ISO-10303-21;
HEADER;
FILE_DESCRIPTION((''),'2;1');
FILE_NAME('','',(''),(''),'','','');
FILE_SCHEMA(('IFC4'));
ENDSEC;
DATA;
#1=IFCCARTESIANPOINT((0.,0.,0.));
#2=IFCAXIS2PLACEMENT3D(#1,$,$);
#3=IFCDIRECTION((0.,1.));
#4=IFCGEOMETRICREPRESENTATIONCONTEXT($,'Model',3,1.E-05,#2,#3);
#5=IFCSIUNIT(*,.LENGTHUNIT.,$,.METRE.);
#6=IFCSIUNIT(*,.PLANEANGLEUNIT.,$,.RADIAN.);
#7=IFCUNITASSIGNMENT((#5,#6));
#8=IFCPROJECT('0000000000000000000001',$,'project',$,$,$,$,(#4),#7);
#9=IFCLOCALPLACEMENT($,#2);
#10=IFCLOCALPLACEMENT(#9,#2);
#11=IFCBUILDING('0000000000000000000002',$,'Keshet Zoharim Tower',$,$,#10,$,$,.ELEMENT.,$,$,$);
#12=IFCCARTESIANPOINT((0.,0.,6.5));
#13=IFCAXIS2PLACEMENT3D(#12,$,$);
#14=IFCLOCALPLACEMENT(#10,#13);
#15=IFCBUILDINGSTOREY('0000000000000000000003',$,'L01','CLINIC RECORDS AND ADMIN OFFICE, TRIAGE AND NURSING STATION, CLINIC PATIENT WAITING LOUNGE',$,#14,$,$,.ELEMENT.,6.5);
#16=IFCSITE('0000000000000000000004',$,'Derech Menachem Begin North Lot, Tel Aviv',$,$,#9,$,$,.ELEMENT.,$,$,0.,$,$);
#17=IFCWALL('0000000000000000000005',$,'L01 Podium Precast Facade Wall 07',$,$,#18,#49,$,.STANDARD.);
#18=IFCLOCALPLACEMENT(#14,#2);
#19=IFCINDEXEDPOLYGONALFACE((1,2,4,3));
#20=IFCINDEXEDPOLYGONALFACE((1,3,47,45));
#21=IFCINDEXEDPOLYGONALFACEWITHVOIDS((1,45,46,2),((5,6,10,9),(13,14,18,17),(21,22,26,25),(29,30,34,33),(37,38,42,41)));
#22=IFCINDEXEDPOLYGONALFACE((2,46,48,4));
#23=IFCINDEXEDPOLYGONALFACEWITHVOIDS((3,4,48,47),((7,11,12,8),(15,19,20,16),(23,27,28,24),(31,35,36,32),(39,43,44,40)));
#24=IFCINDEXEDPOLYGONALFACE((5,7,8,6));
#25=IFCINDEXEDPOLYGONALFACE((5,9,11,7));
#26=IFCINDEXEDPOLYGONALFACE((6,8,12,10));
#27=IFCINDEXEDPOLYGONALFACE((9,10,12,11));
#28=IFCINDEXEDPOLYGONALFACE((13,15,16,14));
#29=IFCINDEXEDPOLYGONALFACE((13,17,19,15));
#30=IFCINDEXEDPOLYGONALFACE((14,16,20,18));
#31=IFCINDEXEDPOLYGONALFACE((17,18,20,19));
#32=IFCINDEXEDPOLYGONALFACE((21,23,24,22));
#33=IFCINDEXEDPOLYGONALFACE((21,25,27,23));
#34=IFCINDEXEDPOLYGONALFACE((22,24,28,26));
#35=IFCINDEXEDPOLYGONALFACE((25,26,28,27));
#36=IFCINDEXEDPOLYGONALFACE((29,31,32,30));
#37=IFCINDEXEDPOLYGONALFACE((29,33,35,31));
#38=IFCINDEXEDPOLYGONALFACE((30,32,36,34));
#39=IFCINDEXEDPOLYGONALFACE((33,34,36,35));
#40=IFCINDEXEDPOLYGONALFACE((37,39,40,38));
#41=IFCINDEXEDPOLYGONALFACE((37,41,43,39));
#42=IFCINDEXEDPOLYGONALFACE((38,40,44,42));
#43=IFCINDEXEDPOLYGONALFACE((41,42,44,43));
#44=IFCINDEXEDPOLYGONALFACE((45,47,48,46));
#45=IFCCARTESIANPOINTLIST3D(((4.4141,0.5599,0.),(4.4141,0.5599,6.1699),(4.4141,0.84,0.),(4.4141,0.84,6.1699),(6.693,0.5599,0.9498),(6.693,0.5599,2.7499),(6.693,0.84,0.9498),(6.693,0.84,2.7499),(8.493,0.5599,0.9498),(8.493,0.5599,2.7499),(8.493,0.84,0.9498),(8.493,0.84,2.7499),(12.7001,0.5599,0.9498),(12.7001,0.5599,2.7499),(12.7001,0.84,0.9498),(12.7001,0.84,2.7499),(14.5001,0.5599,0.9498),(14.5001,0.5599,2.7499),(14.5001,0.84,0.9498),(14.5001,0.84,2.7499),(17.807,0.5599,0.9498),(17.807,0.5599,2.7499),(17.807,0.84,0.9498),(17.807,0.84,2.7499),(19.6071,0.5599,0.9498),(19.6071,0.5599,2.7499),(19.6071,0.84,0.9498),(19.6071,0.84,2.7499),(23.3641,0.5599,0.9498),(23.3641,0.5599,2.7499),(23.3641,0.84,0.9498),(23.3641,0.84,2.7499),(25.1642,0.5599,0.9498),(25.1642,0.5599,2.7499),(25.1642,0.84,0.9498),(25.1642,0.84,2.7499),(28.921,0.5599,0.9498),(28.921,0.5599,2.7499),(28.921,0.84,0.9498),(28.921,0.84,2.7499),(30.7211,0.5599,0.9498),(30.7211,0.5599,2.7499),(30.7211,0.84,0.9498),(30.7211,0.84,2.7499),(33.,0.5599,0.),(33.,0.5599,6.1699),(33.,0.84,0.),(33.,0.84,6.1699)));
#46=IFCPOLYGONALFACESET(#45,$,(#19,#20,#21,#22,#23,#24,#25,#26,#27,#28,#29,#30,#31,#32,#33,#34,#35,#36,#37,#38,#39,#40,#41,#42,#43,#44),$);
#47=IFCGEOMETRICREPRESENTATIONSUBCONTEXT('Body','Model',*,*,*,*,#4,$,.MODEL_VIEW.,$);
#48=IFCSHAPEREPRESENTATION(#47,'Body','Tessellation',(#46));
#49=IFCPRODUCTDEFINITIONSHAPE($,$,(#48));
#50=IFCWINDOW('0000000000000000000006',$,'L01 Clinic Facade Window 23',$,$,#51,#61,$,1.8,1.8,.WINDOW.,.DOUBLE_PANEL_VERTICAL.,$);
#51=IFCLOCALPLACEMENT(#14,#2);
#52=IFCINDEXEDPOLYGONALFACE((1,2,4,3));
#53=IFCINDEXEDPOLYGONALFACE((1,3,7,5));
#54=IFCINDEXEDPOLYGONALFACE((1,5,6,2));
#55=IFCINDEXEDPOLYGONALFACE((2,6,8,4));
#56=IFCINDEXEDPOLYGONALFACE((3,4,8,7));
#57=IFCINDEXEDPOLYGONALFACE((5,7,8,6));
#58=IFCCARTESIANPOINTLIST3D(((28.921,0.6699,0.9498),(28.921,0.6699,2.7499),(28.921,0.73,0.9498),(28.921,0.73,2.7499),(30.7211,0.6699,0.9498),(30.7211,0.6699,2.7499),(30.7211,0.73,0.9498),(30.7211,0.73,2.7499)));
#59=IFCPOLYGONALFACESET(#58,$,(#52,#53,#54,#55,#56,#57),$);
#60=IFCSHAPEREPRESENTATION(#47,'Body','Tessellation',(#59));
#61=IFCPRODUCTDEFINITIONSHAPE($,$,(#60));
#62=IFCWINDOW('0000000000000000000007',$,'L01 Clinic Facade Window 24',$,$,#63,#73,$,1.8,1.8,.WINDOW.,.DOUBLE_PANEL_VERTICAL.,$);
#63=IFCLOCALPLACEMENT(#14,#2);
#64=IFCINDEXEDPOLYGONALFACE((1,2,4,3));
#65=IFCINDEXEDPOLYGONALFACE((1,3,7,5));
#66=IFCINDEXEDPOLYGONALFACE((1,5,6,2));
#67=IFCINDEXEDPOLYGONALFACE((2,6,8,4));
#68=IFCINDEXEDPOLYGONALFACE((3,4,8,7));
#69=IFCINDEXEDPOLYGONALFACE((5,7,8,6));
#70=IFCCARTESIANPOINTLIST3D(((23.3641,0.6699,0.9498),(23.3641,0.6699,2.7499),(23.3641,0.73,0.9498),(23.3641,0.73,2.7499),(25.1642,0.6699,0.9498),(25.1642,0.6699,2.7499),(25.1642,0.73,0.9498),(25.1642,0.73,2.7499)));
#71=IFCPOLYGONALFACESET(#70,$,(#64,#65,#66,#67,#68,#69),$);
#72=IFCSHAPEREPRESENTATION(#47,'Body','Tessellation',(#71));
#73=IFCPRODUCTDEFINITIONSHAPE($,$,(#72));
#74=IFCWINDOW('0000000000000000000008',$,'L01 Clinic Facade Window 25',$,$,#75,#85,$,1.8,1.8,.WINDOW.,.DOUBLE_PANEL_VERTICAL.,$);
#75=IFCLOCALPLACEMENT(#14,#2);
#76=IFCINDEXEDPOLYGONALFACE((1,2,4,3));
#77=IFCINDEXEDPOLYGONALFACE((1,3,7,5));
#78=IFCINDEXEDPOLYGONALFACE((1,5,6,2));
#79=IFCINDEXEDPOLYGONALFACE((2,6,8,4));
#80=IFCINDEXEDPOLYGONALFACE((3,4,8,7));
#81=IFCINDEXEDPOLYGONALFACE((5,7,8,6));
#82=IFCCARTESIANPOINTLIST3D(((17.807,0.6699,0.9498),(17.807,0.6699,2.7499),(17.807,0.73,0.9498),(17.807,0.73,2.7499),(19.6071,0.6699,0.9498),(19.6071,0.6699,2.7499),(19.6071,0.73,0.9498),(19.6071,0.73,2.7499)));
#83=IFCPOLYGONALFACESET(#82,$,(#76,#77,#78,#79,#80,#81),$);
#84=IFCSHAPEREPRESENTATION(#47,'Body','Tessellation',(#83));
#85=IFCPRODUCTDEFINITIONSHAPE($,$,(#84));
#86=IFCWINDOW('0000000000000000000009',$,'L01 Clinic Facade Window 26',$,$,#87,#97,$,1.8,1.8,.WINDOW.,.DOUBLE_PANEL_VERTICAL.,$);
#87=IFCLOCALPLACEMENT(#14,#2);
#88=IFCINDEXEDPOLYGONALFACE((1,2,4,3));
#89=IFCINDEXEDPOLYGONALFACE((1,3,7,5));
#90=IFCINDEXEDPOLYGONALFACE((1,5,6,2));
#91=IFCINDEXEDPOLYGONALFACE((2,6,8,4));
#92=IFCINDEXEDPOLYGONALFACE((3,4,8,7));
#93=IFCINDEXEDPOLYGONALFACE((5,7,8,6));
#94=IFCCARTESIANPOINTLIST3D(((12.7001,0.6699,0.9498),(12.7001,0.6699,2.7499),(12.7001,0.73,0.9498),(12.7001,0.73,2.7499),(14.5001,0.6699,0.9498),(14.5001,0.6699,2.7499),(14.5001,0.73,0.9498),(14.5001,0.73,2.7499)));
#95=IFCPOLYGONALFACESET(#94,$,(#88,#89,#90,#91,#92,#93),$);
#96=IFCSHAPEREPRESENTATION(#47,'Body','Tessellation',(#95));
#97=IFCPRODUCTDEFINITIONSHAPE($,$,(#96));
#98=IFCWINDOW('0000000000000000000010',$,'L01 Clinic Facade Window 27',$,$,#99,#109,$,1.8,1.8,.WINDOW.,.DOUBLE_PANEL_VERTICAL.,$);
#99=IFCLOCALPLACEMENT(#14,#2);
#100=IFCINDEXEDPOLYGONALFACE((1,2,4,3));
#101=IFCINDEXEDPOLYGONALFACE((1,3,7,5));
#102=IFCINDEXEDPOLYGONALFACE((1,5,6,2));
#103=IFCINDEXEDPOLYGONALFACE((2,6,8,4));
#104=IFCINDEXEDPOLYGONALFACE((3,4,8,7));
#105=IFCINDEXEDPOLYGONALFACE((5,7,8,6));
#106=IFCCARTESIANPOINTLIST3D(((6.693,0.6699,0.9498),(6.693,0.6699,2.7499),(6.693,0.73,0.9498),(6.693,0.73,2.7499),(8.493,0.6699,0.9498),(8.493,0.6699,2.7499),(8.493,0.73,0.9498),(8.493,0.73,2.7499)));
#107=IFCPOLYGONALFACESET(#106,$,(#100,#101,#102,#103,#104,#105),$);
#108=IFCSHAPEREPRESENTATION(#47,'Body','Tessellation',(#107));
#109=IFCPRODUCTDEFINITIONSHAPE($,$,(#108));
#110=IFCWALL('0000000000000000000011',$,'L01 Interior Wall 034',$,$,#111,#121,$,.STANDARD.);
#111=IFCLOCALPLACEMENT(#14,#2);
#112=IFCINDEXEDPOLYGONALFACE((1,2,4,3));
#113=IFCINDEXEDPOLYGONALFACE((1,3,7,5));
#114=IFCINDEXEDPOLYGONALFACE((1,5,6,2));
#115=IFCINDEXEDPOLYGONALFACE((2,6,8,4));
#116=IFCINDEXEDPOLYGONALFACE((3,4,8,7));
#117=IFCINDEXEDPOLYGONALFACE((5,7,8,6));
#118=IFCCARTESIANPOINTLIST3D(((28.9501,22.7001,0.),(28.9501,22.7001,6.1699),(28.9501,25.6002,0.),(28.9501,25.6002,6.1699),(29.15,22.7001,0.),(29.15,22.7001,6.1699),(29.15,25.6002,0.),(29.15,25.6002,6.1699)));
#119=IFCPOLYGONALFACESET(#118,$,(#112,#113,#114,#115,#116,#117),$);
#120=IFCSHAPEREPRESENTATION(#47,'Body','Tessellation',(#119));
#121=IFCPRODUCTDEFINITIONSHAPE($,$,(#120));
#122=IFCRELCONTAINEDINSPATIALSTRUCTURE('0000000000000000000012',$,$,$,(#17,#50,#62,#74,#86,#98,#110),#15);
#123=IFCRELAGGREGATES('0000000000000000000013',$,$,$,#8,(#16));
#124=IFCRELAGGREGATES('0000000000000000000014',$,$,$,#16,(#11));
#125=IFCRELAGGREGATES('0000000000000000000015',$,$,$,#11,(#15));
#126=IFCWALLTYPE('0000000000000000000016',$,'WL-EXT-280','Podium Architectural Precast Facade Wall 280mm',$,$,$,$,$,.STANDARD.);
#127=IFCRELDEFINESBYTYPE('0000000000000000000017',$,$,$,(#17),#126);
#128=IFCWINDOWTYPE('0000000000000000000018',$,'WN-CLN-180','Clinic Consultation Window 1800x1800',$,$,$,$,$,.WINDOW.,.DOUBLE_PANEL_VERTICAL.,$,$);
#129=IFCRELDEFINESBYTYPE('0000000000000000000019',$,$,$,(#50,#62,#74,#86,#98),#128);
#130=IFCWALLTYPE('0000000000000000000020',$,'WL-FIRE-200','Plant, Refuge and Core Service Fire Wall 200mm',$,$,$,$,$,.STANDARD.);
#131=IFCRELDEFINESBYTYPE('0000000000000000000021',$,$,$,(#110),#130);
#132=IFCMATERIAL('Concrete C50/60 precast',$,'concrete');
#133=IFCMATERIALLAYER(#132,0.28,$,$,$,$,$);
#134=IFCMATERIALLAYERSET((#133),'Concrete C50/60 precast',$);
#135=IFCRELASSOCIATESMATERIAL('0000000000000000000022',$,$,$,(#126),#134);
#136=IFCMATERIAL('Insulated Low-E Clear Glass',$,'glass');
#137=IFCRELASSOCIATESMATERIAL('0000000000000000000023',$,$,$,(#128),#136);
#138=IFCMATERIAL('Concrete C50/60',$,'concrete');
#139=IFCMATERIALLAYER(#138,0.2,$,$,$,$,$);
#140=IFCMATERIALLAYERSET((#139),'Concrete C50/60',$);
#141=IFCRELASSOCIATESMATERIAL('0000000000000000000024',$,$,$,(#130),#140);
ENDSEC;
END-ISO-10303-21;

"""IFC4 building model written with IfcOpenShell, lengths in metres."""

from ifc_helpers import new_model, si_unit, direction, frame, frame_2d, origin, place, context, subcontext, project, spatial, rectangle, extrude, material, layer, layer_set, type_object, element, fill, save


model = new_model("IFC4")

# Units and contexts
model_context = context("Model", 3, precision=1e-05, world=origin(), true_north=direction((0.0, 1.0)))
body_context = subcontext(model_context, "Body", "Model", "MODEL_VIEW")
ifc_project = project(units=[si_unit("LENGTHUNIT", "METRE"), si_unit("PLANEANGLEUNIT", "RADIAN")], contexts=[model_context])

# Site, building, storey
site_placement = place(None, origin())
site = spatial("IfcSite", under=ifc_project, at=site_placement, Name="Derech Menachem Begin North Lot, Tel Aviv", CompositionType="ELEMENT", RefElevation=0.0)
building_placement = place(site_placement, origin())
building = spatial("IfcBuilding", under=site, at=building_placement, Name="Keshet Zoharim Tower", CompositionType="ELEMENT")
storey_placement = place(building_placement, frame((0.0, 0.0, 6.5)))
storey = spatial("IfcBuildingStorey", under=building, at=storey_placement, Name="L01", Description="CLINIC RECORDS AND ADMIN OFFICE, TRIAGE AND NURSING STATION, CLINIC PATIENT WAITING LOUNGE", CompositionType="ELEMENT", Elevation=6.5)

# Shared definitions
ifc_material_1 = material(Name="Concrete C50/60", Category="concrete")

# Wall, openings, windows
ifc_material_2 = material(Name="Concrete C50/60 precast", Category="concrete")
ifc_layer_1 = layer(ifc_material_2, 0.28)
ifc_layer_set_1 = layer_set([ifc_layer_1], Name="Concrete C50/60 precast")
wall_type_1 = type_object("IfcWallType", Name="WL-EXT-280", Description="Podium Architectural Precast Facade Wall 280mm", PredefinedType="STANDARD", material=ifc_layer_set_1)
wall_1_placement = place(storey_placement, frame((33.0, 0.7, 0.0), z_axis=(0.0, 0.0, 1.0), x_axis=(-1.0, 0.0, 0.0)))
wall_1 = element("IfcWall", 1, at=wall_1_placement, inside=storey, type_object=wall_type_1, Name="L01 Podium Precast Facade Wall 07", PredefinedType="STANDARD", context=body_context, shape_type="SweptSolid", body=[
    extrude(rectangle(XDim=28.5859, YDim=0.28, at=frame_2d((14.293, 0.0))), origin(), (0.0, 0.0, 1.0), 6.1699),
])
opening_1_placement = place(wall_1_placement, frame((2.2791, 0.0, 0.95)))
opening_1 = element("IfcOpeningElement", 2, at=opening_1_placement, cuts=wall_1, PredefinedType="OPENING", context=body_context, shape_type="SweptSolid", body=[
    extrude(rectangle(XDim=1.8, YDim=1.8, at=frame_2d((0.8999, 0.8999))), frame((0.0, 0.1499, 0.0), z_axis=(0.0, -1.0, 0.0), x_axis=(1.0, 0.0, 0.0)), (0.0, 0.0, 1.0), 0.3),
])
opening_2_placement = place(wall_1_placement, frame((7.8359, 0.0, 0.95)))
opening_2 = element("IfcOpeningElement", 3, at=opening_2_placement, cuts=wall_1, PredefinedType="OPENING", context=body_context, shape_type="SweptSolid", body=[
    extrude(rectangle(XDim=1.8, YDim=1.8, at=frame_2d((0.8999, 0.8999))), frame((0.0, 0.1499, 0.0), z_axis=(0.0, -1.0, 0.0), x_axis=(1.0, 0.0, 0.0)), (0.0, 0.0, 1.0), 0.3),
])
opening_3_placement = place(wall_1_placement, frame((13.3931, 0.0, 0.95)))
opening_3 = element("IfcOpeningElement", 4, at=opening_3_placement, cuts=wall_1, PredefinedType="OPENING", context=body_context, shape_type="SweptSolid", body=[
    extrude(rectangle(XDim=1.8, YDim=1.8, at=frame_2d((0.8999, 0.8999))), frame((0.0, 0.1499, 0.0), z_axis=(0.0, -1.0, 0.0), x_axis=(1.0, 0.0, 0.0)), (0.0, 0.0, 1.0), 0.3),
])
opening_4_placement = place(wall_1_placement, frame((18.5, 0.0, 0.95)))
opening_4 = element("IfcOpeningElement", 5, at=opening_4_placement, cuts=wall_1, PredefinedType="OPENING", context=body_context, shape_type="SweptSolid", body=[
    extrude(rectangle(XDim=1.8, YDim=1.8, at=frame_2d((0.8999, 0.8999))), frame((0.0, 0.1499, 0.0), z_axis=(0.0, -1.0, 0.0), x_axis=(1.0, 0.0, 0.0)), (0.0, 0.0, 1.0), 0.3),
])
opening_5_placement = place(wall_1_placement, frame((24.5071, 0.0, 0.95)))
opening_5 = element("IfcOpeningElement", 6, at=opening_5_placement, cuts=wall_1, PredefinedType="OPENING", context=body_context, shape_type="SweptSolid", body=[
    extrude(rectangle(XDim=1.8, YDim=1.8, at=frame_2d((0.8999, 0.8999))), frame((0.0, 0.1499, 0.0), z_axis=(0.0, -1.0, 0.0), x_axis=(1.0, 0.0, 0.0)), (0.0, 0.0, 1.0), 0.3),
])
ifc_material_3 = material(Name="Insulated Low-E Clear Glass", Category="glass")
window_type = type_object("IfcWindowType", Name="WN-CLN-180", Description="Clinic Consultation Window 1800x1800", PartitioningType="DOUBLE_PANEL_VERTICAL", PredefinedType="WINDOW", material=ifc_material_3)
window_1_placement = place(opening_1_placement, origin())
window_1 = element("IfcWindow", 7, at=window_1_placement, inside=storey, type_object=window_type, Name="L01 Clinic Facade Window 23", OverallHeight=1.8, OverallWidth=1.8, PartitioningType="DOUBLE_PANEL_VERTICAL", PredefinedType="WINDOW", context=body_context, shape_type="SweptSolid", body=[
    extrude(rectangle(XDim=1.8, YDim=1.8, at=frame_2d((0.8999, 0.8999))), frame((0.0, 0.03, 0.0), z_axis=(0.0, -1.0, 0.0), x_axis=(1.0, 0.0, 0.0)), (0.0, 0.0, 1.0), 0.0601),
])
fill(opening_1, window_1)
window_2_placement = place(opening_2_placement, origin())
window_2 = element("IfcWindow", 8, at=window_2_placement, inside=storey, type_object=window_type, Name="L01 Clinic Facade Window 24", OverallHeight=1.8, OverallWidth=1.8, PartitioningType="DOUBLE_PANEL_VERTICAL", PredefinedType="WINDOW", context=body_context, shape_type="SweptSolid", body=[
    extrude(rectangle(XDim=1.8, YDim=1.8, at=frame_2d((0.8999, 0.8999))), frame((0.0, 0.03, 0.0), z_axis=(0.0, -1.0, 0.0), x_axis=(1.0, 0.0, 0.0)), (0.0, 0.0, 1.0), 0.0601),
])
fill(opening_2, window_2)
window_3_placement = place(opening_3_placement, origin())
window_3 = element("IfcWindow", 9, at=window_3_placement, inside=storey, type_object=window_type, Name="L01 Clinic Facade Window 25", OverallHeight=1.8, OverallWidth=1.8, PartitioningType="DOUBLE_PANEL_VERTICAL", PredefinedType="WINDOW", context=body_context, shape_type="SweptSolid", body=[
    extrude(rectangle(XDim=1.8, YDim=1.8, at=frame_2d((0.8999, 0.8999))), frame((0.0, 0.03, 0.0), z_axis=(0.0, -1.0, 0.0), x_axis=(1.0, 0.0, 0.0)), (0.0, 0.0, 1.0), 0.0601),
])
fill(opening_3, window_3)
window_4_placement = place(opening_4_placement, origin())
window_4 = element("IfcWindow", 10, at=window_4_placement, inside=storey, type_object=window_type, Name="L01 Clinic Facade Window 26", OverallHeight=1.8, OverallWidth=1.8, PartitioningType="DOUBLE_PANEL_VERTICAL", PredefinedType="WINDOW", context=body_context, shape_type="SweptSolid", body=[
    extrude(rectangle(XDim=1.8, YDim=1.8, at=frame_2d((0.8999, 0.8999))), frame((0.0, 0.03, 0.0), z_axis=(0.0, -1.0, 0.0), x_axis=(1.0, 0.0, 0.0)), (0.0, 0.0, 1.0), 0.0601),
])
fill(opening_4, window_4)
window_5_placement = place(opening_5_placement, origin())
window_5 = element("IfcWindow", 11, at=window_5_placement, inside=storey, type_object=window_type, Name="L01 Clinic Facade Window 27", OverallHeight=1.8, OverallWidth=1.8, PartitioningType="DOUBLE_PANEL_VERTICAL", PredefinedType="WINDOW", context=body_context, shape_type="SweptSolid", body=[
    extrude(rectangle(XDim=1.8, YDim=1.8, at=frame_2d((0.8999, 0.8999))), frame((0.0, 0.03, 0.0), z_axis=(0.0, -1.0, 0.0), x_axis=(1.0, 0.0, 0.0)), (0.0, 0.0, 1.0), 0.0601),
])
fill(opening_5, window_5)

# Wall
ifc_layer_2 = layer(ifc_material_1, 0.2)
ifc_layer_set_2 = layer_set([ifc_layer_2], Name="Concrete C50/60")
wall_type_2 = type_object("IfcWallType", Name="WL-FIRE-200", Description="Plant, Refuge and Core Service Fire Wall 200mm", PredefinedType="STANDARD", material=ifc_layer_set_2)
wall_2_placement = place(storey_placement, frame((29.05, 22.7, 0.0), z_axis=(0.0, 0.0, 1.0), x_axis=(0.0, 1.0, 0.0)))
element("IfcWall", 12, at=wall_2_placement, inside=storey, type_object=wall_type_2, Name="L01 Interior Wall 034", PredefinedType="STANDARD", context=body_context, shape_type="SweptSolid", body=[
    extrude(rectangle(XDim=2.9001, YDim=0.2, at=frame_2d((1.4502, 0.0))), origin(), (0.0, 0.0, 1.0), 6.1699),
])

save(model, "model.ifc")
